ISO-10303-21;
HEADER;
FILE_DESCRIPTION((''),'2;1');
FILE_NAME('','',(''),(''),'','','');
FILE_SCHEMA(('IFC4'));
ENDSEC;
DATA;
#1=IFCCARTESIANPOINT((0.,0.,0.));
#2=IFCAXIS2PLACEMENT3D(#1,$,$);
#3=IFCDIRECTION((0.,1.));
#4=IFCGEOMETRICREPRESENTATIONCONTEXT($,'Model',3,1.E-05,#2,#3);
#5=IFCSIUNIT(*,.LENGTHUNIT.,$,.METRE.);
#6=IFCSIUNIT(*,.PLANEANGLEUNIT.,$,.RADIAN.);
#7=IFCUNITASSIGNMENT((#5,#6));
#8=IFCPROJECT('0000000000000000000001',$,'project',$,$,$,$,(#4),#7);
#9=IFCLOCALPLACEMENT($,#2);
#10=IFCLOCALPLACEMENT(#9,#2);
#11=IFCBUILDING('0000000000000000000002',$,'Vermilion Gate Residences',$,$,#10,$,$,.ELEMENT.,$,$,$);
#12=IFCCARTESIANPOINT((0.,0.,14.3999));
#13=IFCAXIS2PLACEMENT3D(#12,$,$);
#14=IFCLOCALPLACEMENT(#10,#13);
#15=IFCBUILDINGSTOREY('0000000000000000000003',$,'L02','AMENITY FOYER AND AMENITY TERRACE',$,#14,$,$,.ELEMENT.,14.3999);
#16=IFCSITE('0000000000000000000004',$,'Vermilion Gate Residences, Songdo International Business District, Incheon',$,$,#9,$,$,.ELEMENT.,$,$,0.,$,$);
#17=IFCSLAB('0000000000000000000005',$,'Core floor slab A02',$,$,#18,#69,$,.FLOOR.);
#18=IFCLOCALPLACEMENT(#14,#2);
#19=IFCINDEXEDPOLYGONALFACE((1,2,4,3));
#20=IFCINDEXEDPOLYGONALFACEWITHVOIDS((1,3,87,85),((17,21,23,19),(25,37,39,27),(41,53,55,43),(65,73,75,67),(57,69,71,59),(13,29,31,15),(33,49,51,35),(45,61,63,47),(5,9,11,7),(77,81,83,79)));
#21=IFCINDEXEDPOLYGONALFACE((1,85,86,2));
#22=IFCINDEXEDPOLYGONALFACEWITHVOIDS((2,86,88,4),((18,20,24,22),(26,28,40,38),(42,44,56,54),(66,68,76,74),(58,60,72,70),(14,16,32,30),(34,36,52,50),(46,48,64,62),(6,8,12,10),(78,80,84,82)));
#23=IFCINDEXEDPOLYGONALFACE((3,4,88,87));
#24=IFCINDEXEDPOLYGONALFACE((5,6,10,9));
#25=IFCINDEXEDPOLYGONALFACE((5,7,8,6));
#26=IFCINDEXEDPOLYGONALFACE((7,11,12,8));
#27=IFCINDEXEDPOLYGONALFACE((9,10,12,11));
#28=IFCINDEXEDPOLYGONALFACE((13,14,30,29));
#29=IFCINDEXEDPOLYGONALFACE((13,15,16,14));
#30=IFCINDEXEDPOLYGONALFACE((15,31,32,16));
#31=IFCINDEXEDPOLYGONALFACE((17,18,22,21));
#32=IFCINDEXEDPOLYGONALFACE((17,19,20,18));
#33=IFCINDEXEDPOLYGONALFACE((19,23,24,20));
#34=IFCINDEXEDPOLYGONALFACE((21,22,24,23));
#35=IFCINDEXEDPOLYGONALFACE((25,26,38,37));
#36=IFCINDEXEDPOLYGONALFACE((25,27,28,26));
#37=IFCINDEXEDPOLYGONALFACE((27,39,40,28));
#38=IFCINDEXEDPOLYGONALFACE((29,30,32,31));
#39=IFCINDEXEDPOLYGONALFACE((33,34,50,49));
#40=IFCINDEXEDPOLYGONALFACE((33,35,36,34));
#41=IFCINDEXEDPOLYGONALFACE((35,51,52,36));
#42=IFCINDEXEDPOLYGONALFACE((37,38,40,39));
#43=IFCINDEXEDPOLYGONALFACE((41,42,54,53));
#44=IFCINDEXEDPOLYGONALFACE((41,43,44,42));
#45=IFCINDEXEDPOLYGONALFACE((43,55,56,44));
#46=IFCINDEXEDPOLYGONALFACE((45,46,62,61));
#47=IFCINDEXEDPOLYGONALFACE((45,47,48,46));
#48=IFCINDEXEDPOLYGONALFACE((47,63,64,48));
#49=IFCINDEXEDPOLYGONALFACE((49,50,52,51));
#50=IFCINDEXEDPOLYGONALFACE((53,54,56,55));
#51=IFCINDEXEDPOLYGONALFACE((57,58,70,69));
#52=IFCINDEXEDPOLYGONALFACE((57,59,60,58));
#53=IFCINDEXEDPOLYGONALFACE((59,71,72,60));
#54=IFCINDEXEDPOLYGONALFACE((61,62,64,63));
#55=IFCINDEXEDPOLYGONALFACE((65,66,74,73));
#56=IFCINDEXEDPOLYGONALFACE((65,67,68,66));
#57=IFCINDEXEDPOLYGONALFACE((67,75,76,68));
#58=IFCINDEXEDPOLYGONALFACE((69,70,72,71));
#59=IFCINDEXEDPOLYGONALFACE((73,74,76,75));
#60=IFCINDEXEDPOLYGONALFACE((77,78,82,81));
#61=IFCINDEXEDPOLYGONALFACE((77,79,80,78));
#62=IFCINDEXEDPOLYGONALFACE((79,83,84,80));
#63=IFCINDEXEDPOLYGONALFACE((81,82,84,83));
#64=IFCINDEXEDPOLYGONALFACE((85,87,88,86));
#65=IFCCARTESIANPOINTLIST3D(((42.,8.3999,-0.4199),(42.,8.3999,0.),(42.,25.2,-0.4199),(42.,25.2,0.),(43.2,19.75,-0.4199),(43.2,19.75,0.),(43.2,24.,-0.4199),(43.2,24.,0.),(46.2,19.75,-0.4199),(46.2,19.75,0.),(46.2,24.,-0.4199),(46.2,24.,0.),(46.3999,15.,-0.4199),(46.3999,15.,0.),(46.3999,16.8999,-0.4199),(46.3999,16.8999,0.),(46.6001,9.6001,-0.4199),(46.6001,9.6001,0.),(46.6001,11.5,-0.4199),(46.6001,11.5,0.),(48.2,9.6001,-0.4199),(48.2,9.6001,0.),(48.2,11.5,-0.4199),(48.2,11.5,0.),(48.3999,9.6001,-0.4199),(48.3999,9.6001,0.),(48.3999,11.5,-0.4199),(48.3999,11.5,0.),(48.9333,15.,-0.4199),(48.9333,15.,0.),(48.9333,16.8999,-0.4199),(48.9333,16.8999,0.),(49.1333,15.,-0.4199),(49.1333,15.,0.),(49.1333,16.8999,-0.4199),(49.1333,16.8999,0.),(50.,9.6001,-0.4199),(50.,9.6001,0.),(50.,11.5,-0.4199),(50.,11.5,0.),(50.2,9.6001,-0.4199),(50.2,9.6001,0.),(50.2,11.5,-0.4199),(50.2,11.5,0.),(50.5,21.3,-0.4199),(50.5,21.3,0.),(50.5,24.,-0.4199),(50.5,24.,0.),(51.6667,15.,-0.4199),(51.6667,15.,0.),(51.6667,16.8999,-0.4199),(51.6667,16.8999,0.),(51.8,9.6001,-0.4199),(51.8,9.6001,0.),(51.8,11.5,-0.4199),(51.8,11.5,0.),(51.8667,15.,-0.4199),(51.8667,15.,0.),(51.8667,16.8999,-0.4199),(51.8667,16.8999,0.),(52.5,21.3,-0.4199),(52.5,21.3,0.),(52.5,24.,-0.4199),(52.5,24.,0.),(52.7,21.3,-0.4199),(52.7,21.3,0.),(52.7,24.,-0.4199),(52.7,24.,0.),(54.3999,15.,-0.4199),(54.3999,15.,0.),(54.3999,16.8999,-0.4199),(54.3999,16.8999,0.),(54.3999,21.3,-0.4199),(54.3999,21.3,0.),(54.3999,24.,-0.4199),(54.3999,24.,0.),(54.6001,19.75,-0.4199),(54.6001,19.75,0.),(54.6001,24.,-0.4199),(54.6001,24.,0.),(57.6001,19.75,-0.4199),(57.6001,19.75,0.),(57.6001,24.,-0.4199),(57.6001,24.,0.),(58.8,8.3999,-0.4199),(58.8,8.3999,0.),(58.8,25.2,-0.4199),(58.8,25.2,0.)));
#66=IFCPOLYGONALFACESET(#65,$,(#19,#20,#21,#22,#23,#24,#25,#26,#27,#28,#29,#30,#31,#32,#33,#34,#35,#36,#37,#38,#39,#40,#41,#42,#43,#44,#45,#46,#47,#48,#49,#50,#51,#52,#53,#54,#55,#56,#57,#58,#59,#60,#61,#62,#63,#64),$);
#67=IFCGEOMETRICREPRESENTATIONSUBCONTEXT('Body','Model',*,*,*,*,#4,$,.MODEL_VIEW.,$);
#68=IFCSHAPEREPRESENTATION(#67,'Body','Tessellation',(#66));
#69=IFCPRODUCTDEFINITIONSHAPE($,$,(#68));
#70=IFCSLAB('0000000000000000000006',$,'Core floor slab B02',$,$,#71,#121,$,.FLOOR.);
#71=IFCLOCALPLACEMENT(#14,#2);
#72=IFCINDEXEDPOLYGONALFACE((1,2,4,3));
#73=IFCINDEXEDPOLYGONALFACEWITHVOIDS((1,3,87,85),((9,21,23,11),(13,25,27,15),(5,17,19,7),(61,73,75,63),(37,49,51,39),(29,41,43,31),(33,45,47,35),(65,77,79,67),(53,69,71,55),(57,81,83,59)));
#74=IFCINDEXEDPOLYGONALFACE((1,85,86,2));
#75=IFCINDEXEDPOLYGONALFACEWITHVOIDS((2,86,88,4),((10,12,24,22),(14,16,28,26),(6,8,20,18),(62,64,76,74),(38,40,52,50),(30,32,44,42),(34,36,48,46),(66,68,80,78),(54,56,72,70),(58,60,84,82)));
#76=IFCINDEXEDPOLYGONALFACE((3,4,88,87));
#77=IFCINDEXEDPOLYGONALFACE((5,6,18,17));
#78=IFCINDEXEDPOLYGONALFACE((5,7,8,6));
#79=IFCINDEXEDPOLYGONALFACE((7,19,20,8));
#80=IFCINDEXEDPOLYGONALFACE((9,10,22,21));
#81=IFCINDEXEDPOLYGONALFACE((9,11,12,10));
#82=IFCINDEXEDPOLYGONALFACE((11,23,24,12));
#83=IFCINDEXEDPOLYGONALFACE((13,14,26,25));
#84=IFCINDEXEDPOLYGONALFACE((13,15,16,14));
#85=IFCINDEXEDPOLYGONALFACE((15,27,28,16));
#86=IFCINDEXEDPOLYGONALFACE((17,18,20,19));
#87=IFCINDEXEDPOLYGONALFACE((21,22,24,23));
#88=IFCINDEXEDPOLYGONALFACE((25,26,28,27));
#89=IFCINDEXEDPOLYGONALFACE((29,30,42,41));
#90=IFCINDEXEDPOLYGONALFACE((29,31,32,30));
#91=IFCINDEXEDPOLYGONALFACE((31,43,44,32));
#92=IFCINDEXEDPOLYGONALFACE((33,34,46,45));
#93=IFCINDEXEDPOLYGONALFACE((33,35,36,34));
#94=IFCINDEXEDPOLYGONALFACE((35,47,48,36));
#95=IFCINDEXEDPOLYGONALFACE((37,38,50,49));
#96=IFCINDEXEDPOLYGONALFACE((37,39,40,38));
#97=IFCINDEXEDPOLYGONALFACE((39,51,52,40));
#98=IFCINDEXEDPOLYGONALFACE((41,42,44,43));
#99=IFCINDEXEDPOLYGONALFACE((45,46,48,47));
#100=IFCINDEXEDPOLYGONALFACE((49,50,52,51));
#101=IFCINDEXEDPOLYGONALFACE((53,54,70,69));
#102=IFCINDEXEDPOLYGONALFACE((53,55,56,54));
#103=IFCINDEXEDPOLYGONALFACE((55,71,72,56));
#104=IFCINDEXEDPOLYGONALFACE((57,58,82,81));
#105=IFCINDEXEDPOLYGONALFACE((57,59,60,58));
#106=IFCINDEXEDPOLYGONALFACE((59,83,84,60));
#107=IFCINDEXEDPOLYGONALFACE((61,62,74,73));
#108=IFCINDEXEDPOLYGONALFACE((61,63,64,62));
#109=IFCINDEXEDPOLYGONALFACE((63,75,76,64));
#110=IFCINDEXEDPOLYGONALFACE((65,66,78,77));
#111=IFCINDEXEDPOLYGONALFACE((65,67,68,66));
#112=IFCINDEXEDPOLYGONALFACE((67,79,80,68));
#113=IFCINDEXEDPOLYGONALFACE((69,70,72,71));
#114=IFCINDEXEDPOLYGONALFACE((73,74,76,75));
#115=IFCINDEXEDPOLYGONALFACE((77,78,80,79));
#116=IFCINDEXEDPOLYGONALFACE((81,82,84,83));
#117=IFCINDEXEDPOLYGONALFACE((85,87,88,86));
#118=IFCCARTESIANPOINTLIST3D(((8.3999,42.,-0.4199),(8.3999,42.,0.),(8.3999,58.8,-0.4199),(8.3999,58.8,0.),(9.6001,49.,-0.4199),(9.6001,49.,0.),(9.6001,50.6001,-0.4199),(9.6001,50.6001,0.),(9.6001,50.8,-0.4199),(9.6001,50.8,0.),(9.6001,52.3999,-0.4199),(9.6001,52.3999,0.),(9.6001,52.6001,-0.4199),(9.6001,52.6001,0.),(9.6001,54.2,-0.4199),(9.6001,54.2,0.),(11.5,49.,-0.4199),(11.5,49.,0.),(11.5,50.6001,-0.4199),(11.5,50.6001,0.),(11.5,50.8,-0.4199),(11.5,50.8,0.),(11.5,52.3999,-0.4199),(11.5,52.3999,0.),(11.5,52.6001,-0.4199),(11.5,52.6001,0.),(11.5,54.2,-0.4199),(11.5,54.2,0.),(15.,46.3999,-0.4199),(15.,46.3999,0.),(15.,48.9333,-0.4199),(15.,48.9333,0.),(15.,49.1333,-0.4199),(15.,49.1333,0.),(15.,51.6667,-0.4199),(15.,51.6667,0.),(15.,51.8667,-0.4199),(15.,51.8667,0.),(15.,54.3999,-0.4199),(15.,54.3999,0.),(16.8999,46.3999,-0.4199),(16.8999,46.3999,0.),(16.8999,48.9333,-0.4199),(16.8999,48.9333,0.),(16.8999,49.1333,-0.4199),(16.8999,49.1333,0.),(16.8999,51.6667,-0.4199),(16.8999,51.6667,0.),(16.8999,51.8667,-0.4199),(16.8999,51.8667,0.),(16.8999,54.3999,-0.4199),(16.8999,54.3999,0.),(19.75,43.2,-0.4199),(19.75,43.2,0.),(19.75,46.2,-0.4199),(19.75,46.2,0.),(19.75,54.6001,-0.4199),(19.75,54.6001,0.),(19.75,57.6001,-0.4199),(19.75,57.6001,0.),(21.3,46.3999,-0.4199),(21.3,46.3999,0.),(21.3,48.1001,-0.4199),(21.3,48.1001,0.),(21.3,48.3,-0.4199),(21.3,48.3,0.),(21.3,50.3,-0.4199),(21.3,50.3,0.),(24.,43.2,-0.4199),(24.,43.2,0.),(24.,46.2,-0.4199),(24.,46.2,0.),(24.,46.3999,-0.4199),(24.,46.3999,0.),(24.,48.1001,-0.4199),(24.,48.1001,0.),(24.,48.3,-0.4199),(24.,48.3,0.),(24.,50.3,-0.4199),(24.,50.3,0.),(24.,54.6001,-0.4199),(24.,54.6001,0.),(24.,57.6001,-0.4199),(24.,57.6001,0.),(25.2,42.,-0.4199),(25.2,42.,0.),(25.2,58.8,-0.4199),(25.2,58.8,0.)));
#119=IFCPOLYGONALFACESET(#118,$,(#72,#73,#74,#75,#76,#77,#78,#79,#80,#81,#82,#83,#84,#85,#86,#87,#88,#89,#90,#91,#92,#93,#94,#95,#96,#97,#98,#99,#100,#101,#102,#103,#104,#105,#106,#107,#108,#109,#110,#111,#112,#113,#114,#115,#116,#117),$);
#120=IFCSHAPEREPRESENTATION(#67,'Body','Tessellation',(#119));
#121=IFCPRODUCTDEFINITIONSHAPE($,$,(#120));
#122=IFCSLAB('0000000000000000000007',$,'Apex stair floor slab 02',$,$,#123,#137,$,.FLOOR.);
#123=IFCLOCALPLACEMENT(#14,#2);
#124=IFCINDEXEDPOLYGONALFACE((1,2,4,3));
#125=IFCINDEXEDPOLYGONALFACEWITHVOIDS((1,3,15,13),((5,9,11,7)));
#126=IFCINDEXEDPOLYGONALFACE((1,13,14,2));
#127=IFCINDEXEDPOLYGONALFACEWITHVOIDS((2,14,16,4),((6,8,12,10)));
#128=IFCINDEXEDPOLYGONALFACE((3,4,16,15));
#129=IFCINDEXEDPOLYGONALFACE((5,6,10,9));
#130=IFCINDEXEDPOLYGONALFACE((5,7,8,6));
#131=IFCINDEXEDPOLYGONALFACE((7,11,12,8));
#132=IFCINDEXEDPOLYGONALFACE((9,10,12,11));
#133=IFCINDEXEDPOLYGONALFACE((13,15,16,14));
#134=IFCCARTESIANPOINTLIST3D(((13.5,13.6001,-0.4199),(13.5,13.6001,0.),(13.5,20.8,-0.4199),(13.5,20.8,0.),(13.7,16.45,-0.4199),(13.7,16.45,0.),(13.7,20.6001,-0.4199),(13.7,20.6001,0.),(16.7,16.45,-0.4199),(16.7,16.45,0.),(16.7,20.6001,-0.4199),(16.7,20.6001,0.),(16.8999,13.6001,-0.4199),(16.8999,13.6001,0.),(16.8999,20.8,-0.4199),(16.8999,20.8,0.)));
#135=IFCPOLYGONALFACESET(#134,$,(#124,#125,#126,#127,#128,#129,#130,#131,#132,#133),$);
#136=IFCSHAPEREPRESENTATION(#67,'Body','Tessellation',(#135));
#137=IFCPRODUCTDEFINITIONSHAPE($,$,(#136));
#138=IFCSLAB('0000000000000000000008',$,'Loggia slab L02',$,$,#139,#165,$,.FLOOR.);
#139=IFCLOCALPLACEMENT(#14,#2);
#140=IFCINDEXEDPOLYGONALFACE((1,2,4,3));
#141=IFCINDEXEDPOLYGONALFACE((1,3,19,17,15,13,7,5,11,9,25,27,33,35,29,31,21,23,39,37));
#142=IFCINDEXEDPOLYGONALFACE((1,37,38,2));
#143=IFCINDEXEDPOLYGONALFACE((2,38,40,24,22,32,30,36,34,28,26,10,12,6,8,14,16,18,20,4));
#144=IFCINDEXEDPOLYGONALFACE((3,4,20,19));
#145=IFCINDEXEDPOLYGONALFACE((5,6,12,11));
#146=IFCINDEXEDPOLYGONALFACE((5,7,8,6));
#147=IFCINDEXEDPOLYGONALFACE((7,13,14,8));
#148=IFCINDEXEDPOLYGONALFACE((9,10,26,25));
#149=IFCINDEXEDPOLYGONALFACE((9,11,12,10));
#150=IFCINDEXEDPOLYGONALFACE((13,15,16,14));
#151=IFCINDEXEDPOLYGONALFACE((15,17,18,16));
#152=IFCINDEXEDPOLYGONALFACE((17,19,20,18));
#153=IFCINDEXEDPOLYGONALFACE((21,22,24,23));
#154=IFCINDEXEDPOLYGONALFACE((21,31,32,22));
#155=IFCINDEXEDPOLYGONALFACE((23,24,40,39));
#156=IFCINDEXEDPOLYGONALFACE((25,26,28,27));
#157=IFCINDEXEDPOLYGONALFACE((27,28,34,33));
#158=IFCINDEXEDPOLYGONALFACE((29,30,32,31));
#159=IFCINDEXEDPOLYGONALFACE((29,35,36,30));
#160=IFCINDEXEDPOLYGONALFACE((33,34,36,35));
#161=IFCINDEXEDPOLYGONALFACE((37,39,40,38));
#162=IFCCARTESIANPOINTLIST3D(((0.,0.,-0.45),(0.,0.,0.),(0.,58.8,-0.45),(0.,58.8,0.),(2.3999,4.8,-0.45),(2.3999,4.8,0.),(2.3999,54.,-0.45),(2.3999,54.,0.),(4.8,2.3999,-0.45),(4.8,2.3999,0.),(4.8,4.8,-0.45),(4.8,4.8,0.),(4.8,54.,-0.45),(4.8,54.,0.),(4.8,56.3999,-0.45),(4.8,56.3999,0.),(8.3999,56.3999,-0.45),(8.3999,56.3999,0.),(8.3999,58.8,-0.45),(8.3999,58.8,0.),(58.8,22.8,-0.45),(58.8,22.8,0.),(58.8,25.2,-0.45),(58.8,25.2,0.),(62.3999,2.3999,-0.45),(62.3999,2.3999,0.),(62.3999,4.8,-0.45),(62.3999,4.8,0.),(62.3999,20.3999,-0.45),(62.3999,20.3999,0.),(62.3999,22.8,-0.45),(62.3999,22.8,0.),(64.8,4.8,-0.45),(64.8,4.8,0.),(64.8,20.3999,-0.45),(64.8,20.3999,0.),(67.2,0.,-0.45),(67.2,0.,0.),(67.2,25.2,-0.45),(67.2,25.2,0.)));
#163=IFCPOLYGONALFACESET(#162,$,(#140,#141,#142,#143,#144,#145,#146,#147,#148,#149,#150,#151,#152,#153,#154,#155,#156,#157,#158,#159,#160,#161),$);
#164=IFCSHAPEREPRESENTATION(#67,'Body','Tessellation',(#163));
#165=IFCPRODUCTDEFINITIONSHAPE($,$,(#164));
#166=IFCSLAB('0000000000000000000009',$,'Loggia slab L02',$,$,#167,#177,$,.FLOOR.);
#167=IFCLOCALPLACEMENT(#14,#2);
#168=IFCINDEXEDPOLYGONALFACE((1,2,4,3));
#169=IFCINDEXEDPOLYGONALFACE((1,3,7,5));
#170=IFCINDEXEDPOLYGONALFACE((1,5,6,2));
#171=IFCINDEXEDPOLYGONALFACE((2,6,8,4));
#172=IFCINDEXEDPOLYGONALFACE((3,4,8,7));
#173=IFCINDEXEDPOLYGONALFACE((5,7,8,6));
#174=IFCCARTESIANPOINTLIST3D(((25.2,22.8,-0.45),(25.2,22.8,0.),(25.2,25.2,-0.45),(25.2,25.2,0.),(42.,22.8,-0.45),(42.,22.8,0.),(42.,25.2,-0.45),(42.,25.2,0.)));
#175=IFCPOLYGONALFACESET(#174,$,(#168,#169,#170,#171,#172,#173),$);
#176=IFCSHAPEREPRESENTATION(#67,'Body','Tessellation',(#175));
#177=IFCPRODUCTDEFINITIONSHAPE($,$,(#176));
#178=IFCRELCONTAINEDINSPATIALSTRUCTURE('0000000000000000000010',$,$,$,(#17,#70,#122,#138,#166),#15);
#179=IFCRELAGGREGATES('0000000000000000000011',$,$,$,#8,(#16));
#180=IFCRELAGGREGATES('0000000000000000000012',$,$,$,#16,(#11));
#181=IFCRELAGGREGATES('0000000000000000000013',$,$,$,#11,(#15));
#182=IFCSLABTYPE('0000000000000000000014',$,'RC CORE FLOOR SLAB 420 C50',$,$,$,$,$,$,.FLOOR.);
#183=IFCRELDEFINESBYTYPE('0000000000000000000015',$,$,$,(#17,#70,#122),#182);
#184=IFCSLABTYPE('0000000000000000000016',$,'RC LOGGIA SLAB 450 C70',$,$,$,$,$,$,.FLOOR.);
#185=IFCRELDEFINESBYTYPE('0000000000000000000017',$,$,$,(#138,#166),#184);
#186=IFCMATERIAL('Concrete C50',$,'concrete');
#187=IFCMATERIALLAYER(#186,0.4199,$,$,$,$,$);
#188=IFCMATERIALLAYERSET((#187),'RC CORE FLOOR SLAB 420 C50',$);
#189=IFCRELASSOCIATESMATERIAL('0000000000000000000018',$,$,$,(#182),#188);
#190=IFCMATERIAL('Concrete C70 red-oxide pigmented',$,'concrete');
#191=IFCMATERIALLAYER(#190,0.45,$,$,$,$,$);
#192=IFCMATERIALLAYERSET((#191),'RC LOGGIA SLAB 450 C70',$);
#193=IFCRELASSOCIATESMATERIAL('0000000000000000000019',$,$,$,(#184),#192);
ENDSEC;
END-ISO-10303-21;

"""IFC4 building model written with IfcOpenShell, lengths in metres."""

from ifc_helpers import new_model, si_unit, direction, frame, origin, place, context, subcontext, project, spatial, polyline, outline, extrude, material, layer, layer_set, type_object, element, save


model = new_model("IFC4")

# Units and contexts
model_context = context("Model", 3, precision=1e-05, world=origin(), true_north=direction((0.0, 1.0)))
body_context = subcontext(model_context, "Body", "Model", "MODEL_VIEW")
ifc_project = project(units=[si_unit("LENGTHUNIT", "METRE"), si_unit("PLANEANGLEUNIT", "RADIAN")], contexts=[model_context])

# Site, building, storey
site_placement = place(None, origin())
site = spatial("IfcSite", under=ifc_project, at=site_placement, Name="Vermilion Gate Residences, Songdo International Business District, Incheon", CompositionType="ELEMENT", RefElevation=0.0)
building_placement = place(site_placement, origin())
building = spatial("IfcBuilding", under=site, at=building_placement, Name="Vermilion Gate Residences", CompositionType="ELEMENT")
storey_placement = place(building_placement, frame((0.0, 0.0, 14.3999)))
storey = spatial("IfcBuildingStorey", under=building, at=storey_placement, Name="L02", Description="AMENITY FOYER AND AMENITY TERRACE", CompositionType="ELEMENT", Elevation=14.3999)

# Slabs
ifc_material_1 = material(Name="Concrete C50", Category="concrete")
ifc_layer_1 = layer(ifc_material_1, 0.4199)
ifc_layer_set_1 = layer_set([ifc_layer_1], Name="RC CORE FLOOR SLAB 420 C50")
slab_type_1 = type_object("IfcSlabType", Name="RC CORE FLOOR SLAB 420 C50", PredefinedType="FLOOR", material=ifc_layer_set_1)
slab_1_placement = place(storey_placement, frame((0.0, 0.0, -0.4199)))
element("IfcSlab", 1, at=slab_1_placement, inside=storey, type_object=slab_type_1, Name="Core floor slab A02", PredefinedType="FLOOR", context=body_context, shape_type="SweptSolid", body=[
    extrude(outline(polyline([(42.0, 8.3999), (58.8, 8.3999), (58.8, 25.2), (42.0, 25.2), (42.0, 8.3999)]), holes=[polyline([(46.6001, 11.5), (48.2, 11.5), (48.2, 9.6001), (46.6001, 9.6001), (46.6001, 11.5)]), polyline([(48.3999, 11.5), (50.0, 11.5), (50.0, 9.6001), (48.3999, 9.6001), (48.3999, 11.5)]), polyline([(50.2, 11.5), (51.8, 11.5), (51.8, 9.6001), (50.2, 9.6001), (50.2, 11.5)]), polyline([(48.9333, 16.8999), (48.9333, 15.0), (46.3999, 15.0), (46.3999, 16.8999), (48.9333, 16.8999)]), polyline([(51.6667, 16.8999), (51.6667, 15.0), (49.1333, 15.0), (49.1333, 16.8999), (51.6667, 16.8999)]), polyline([(51.8667, 16.8999), (54.3999, 16.8999), (54.3999, 15.0), (51.8667, 15.0), (51.8667, 16.8999)]), polyline([(43.2, 24.0), (46.2, 24.0), (46.2, 19.75), (43.2, 19.75), (43.2, 24.0)]), polyline([(54.6001, 24.0), (57.6001, 24.0), (57.6001, 19.75), (54.6001, 19.75), (54.6001, 24.0)]), polyline([(52.5, 24.0), (52.5, 21.3), (50.5, 21.3), (50.5, 24.0), (52.5, 24.0)]), polyline([(54.3999, 24.0), (54.3999, 21.3), (52.7, 21.3), (52.7, 24.0), (54.3999, 24.0)])]), origin(), (0.0, 0.0, 1.0), 0.4199),
])
slab_2_placement = place(storey_placement, frame((0.0, 0.0, -0.4199)))
element("IfcSlab", 2, at=slab_2_placement, inside=storey, type_object=slab_type_1, Name="Core floor slab B02", PredefinedType="FLOOR", context=body_context, shape_type="SweptSolid", body=[
    extrude(outline(polyline([(8.3999, 42.0), (25.2, 42.0), (25.2, 58.8), (8.3999, 58.8), (8.3999, 42.0)]), holes=[polyline([(19.75, 46.2), (24.0, 46.2), (24.0, 43.2), (19.75, 43.2), (19.75, 46.2)]), polyline([(21.3, 48.1001), (24.0, 48.1001), (24.0, 46.3999), (21.3, 46.3999), (21.3, 48.1001)]), polyline([(15.0, 48.9333), (16.8999, 48.9333), (16.8999, 46.3999), (15.0, 46.3999), (15.0, 48.9333)]), polyline([(24.0, 50.3), (24.0, 48.3), (21.3, 48.3), (21.3, 50.3), (24.0, 50.3)]), polyline([(11.5, 50.6001), (11.5, 49.0), (9.6001, 49.0), (9.6001, 50.6001), (11.5, 50.6001)]), polyline([(15.0, 51.6667), (16.8999, 51.6667), (16.8999, 49.1333), (15.0, 49.1333), (15.0, 51.6667)]), polyline([(9.6001, 52.3999), (11.5, 52.3999), (11.5, 50.8), (9.6001, 50.8), (9.6001, 52.3999)]), polyline([(15.0, 54.3999), (16.8999, 54.3999), (16.8999, 51.8667), (15.0, 51.8667), (15.0, 54.3999)]), polyline([(11.5, 54.2), (11.5, 52.6001), (9.6001, 52.6001), (9.6001, 54.2), (11.5, 54.2)]), polyline([(24.0, 57.6001), (24.0, 54.6001), (19.75, 54.6001), (19.75, 57.6001), (24.0, 57.6001)])]), origin(), (0.0, 0.0, 1.0), 0.4199),
])
slab_3_placement = place(storey_placement, frame((0.0, 0.0, -0.4199)))
element("IfcSlab", 3, at=slab_3_placement, inside=storey, type_object=slab_type_1, Name="Apex stair floor slab 02", PredefinedType="FLOOR", context=body_context, shape_type="SweptSolid", body=[
    extrude(outline(polyline([(13.5, 13.6001), (16.8999, 13.6001), (16.8999, 20.8), (13.5, 20.8), (13.5, 13.6001)]), holes=[polyline([(16.7, 20.6001), (16.7, 16.45), (13.7, 16.45), (13.7, 20.6001), (16.7, 20.6001)])]), origin(), (0.0, 0.0, 1.0), 0.4199),
])
ifc_material_2 = material(Name="Concrete C70 red-oxide pigmented", Category="concrete")
ifc_layer_2 = layer(ifc_material_2, 0.45)
ifc_layer_set_2 = layer_set([ifc_layer_2], Name="RC LOGGIA SLAB 450 C70")
slab_type_2 = type_object("IfcSlabType", Name="RC LOGGIA SLAB 450 C70", PredefinedType="FLOOR", material=ifc_layer_set_2)
slab_4_placement = place(storey_placement, frame((0.0, 0.0, -0.45)))
element("IfcSlab", 4, at=slab_4_placement, inside=storey, type_object=slab_type_2, Name="Loggia slab L02", PredefinedType="FLOOR", context=body_context, shape_type="SweptSolid", body=[
    extrude(outline(polyline([(0.0, 58.8), (0.0, 0.0), (67.2, 0.0), (67.2, 25.2), (58.8, 25.2), (58.8, 22.8), (62.3999, 22.8), (62.3999, 20.3999), (64.8, 20.3999), (64.8, 4.8), (62.3999, 4.8), (62.3999, 2.3999), (4.8, 2.3999), (4.8, 4.8), (2.3999, 4.8), (2.3999, 54.0), (4.8, 54.0), (4.8, 56.3999), (8.3999, 56.3999), (8.3999, 58.8), (0.0, 58.8)])), origin(), (0.0, 0.0, 1.0), 0.45),
])
slab_5_placement = place(storey_placement, frame((0.0, 0.0, -0.45)))
element("IfcSlab", 5, at=slab_5_placement, inside=storey, type_object=slab_type_2, Name="Loggia slab L02", PredefinedType="FLOOR", context=body_context, shape_type="SweptSolid", body=[
    extrude(outline(polyline([(25.2, 22.8), (42.0, 22.8), (42.0, 25.2), (25.2, 25.2), (25.2, 22.8)])), origin(), (0.0, 0.0, 1.0), 0.45),
])

save(model, "model.ifc")
